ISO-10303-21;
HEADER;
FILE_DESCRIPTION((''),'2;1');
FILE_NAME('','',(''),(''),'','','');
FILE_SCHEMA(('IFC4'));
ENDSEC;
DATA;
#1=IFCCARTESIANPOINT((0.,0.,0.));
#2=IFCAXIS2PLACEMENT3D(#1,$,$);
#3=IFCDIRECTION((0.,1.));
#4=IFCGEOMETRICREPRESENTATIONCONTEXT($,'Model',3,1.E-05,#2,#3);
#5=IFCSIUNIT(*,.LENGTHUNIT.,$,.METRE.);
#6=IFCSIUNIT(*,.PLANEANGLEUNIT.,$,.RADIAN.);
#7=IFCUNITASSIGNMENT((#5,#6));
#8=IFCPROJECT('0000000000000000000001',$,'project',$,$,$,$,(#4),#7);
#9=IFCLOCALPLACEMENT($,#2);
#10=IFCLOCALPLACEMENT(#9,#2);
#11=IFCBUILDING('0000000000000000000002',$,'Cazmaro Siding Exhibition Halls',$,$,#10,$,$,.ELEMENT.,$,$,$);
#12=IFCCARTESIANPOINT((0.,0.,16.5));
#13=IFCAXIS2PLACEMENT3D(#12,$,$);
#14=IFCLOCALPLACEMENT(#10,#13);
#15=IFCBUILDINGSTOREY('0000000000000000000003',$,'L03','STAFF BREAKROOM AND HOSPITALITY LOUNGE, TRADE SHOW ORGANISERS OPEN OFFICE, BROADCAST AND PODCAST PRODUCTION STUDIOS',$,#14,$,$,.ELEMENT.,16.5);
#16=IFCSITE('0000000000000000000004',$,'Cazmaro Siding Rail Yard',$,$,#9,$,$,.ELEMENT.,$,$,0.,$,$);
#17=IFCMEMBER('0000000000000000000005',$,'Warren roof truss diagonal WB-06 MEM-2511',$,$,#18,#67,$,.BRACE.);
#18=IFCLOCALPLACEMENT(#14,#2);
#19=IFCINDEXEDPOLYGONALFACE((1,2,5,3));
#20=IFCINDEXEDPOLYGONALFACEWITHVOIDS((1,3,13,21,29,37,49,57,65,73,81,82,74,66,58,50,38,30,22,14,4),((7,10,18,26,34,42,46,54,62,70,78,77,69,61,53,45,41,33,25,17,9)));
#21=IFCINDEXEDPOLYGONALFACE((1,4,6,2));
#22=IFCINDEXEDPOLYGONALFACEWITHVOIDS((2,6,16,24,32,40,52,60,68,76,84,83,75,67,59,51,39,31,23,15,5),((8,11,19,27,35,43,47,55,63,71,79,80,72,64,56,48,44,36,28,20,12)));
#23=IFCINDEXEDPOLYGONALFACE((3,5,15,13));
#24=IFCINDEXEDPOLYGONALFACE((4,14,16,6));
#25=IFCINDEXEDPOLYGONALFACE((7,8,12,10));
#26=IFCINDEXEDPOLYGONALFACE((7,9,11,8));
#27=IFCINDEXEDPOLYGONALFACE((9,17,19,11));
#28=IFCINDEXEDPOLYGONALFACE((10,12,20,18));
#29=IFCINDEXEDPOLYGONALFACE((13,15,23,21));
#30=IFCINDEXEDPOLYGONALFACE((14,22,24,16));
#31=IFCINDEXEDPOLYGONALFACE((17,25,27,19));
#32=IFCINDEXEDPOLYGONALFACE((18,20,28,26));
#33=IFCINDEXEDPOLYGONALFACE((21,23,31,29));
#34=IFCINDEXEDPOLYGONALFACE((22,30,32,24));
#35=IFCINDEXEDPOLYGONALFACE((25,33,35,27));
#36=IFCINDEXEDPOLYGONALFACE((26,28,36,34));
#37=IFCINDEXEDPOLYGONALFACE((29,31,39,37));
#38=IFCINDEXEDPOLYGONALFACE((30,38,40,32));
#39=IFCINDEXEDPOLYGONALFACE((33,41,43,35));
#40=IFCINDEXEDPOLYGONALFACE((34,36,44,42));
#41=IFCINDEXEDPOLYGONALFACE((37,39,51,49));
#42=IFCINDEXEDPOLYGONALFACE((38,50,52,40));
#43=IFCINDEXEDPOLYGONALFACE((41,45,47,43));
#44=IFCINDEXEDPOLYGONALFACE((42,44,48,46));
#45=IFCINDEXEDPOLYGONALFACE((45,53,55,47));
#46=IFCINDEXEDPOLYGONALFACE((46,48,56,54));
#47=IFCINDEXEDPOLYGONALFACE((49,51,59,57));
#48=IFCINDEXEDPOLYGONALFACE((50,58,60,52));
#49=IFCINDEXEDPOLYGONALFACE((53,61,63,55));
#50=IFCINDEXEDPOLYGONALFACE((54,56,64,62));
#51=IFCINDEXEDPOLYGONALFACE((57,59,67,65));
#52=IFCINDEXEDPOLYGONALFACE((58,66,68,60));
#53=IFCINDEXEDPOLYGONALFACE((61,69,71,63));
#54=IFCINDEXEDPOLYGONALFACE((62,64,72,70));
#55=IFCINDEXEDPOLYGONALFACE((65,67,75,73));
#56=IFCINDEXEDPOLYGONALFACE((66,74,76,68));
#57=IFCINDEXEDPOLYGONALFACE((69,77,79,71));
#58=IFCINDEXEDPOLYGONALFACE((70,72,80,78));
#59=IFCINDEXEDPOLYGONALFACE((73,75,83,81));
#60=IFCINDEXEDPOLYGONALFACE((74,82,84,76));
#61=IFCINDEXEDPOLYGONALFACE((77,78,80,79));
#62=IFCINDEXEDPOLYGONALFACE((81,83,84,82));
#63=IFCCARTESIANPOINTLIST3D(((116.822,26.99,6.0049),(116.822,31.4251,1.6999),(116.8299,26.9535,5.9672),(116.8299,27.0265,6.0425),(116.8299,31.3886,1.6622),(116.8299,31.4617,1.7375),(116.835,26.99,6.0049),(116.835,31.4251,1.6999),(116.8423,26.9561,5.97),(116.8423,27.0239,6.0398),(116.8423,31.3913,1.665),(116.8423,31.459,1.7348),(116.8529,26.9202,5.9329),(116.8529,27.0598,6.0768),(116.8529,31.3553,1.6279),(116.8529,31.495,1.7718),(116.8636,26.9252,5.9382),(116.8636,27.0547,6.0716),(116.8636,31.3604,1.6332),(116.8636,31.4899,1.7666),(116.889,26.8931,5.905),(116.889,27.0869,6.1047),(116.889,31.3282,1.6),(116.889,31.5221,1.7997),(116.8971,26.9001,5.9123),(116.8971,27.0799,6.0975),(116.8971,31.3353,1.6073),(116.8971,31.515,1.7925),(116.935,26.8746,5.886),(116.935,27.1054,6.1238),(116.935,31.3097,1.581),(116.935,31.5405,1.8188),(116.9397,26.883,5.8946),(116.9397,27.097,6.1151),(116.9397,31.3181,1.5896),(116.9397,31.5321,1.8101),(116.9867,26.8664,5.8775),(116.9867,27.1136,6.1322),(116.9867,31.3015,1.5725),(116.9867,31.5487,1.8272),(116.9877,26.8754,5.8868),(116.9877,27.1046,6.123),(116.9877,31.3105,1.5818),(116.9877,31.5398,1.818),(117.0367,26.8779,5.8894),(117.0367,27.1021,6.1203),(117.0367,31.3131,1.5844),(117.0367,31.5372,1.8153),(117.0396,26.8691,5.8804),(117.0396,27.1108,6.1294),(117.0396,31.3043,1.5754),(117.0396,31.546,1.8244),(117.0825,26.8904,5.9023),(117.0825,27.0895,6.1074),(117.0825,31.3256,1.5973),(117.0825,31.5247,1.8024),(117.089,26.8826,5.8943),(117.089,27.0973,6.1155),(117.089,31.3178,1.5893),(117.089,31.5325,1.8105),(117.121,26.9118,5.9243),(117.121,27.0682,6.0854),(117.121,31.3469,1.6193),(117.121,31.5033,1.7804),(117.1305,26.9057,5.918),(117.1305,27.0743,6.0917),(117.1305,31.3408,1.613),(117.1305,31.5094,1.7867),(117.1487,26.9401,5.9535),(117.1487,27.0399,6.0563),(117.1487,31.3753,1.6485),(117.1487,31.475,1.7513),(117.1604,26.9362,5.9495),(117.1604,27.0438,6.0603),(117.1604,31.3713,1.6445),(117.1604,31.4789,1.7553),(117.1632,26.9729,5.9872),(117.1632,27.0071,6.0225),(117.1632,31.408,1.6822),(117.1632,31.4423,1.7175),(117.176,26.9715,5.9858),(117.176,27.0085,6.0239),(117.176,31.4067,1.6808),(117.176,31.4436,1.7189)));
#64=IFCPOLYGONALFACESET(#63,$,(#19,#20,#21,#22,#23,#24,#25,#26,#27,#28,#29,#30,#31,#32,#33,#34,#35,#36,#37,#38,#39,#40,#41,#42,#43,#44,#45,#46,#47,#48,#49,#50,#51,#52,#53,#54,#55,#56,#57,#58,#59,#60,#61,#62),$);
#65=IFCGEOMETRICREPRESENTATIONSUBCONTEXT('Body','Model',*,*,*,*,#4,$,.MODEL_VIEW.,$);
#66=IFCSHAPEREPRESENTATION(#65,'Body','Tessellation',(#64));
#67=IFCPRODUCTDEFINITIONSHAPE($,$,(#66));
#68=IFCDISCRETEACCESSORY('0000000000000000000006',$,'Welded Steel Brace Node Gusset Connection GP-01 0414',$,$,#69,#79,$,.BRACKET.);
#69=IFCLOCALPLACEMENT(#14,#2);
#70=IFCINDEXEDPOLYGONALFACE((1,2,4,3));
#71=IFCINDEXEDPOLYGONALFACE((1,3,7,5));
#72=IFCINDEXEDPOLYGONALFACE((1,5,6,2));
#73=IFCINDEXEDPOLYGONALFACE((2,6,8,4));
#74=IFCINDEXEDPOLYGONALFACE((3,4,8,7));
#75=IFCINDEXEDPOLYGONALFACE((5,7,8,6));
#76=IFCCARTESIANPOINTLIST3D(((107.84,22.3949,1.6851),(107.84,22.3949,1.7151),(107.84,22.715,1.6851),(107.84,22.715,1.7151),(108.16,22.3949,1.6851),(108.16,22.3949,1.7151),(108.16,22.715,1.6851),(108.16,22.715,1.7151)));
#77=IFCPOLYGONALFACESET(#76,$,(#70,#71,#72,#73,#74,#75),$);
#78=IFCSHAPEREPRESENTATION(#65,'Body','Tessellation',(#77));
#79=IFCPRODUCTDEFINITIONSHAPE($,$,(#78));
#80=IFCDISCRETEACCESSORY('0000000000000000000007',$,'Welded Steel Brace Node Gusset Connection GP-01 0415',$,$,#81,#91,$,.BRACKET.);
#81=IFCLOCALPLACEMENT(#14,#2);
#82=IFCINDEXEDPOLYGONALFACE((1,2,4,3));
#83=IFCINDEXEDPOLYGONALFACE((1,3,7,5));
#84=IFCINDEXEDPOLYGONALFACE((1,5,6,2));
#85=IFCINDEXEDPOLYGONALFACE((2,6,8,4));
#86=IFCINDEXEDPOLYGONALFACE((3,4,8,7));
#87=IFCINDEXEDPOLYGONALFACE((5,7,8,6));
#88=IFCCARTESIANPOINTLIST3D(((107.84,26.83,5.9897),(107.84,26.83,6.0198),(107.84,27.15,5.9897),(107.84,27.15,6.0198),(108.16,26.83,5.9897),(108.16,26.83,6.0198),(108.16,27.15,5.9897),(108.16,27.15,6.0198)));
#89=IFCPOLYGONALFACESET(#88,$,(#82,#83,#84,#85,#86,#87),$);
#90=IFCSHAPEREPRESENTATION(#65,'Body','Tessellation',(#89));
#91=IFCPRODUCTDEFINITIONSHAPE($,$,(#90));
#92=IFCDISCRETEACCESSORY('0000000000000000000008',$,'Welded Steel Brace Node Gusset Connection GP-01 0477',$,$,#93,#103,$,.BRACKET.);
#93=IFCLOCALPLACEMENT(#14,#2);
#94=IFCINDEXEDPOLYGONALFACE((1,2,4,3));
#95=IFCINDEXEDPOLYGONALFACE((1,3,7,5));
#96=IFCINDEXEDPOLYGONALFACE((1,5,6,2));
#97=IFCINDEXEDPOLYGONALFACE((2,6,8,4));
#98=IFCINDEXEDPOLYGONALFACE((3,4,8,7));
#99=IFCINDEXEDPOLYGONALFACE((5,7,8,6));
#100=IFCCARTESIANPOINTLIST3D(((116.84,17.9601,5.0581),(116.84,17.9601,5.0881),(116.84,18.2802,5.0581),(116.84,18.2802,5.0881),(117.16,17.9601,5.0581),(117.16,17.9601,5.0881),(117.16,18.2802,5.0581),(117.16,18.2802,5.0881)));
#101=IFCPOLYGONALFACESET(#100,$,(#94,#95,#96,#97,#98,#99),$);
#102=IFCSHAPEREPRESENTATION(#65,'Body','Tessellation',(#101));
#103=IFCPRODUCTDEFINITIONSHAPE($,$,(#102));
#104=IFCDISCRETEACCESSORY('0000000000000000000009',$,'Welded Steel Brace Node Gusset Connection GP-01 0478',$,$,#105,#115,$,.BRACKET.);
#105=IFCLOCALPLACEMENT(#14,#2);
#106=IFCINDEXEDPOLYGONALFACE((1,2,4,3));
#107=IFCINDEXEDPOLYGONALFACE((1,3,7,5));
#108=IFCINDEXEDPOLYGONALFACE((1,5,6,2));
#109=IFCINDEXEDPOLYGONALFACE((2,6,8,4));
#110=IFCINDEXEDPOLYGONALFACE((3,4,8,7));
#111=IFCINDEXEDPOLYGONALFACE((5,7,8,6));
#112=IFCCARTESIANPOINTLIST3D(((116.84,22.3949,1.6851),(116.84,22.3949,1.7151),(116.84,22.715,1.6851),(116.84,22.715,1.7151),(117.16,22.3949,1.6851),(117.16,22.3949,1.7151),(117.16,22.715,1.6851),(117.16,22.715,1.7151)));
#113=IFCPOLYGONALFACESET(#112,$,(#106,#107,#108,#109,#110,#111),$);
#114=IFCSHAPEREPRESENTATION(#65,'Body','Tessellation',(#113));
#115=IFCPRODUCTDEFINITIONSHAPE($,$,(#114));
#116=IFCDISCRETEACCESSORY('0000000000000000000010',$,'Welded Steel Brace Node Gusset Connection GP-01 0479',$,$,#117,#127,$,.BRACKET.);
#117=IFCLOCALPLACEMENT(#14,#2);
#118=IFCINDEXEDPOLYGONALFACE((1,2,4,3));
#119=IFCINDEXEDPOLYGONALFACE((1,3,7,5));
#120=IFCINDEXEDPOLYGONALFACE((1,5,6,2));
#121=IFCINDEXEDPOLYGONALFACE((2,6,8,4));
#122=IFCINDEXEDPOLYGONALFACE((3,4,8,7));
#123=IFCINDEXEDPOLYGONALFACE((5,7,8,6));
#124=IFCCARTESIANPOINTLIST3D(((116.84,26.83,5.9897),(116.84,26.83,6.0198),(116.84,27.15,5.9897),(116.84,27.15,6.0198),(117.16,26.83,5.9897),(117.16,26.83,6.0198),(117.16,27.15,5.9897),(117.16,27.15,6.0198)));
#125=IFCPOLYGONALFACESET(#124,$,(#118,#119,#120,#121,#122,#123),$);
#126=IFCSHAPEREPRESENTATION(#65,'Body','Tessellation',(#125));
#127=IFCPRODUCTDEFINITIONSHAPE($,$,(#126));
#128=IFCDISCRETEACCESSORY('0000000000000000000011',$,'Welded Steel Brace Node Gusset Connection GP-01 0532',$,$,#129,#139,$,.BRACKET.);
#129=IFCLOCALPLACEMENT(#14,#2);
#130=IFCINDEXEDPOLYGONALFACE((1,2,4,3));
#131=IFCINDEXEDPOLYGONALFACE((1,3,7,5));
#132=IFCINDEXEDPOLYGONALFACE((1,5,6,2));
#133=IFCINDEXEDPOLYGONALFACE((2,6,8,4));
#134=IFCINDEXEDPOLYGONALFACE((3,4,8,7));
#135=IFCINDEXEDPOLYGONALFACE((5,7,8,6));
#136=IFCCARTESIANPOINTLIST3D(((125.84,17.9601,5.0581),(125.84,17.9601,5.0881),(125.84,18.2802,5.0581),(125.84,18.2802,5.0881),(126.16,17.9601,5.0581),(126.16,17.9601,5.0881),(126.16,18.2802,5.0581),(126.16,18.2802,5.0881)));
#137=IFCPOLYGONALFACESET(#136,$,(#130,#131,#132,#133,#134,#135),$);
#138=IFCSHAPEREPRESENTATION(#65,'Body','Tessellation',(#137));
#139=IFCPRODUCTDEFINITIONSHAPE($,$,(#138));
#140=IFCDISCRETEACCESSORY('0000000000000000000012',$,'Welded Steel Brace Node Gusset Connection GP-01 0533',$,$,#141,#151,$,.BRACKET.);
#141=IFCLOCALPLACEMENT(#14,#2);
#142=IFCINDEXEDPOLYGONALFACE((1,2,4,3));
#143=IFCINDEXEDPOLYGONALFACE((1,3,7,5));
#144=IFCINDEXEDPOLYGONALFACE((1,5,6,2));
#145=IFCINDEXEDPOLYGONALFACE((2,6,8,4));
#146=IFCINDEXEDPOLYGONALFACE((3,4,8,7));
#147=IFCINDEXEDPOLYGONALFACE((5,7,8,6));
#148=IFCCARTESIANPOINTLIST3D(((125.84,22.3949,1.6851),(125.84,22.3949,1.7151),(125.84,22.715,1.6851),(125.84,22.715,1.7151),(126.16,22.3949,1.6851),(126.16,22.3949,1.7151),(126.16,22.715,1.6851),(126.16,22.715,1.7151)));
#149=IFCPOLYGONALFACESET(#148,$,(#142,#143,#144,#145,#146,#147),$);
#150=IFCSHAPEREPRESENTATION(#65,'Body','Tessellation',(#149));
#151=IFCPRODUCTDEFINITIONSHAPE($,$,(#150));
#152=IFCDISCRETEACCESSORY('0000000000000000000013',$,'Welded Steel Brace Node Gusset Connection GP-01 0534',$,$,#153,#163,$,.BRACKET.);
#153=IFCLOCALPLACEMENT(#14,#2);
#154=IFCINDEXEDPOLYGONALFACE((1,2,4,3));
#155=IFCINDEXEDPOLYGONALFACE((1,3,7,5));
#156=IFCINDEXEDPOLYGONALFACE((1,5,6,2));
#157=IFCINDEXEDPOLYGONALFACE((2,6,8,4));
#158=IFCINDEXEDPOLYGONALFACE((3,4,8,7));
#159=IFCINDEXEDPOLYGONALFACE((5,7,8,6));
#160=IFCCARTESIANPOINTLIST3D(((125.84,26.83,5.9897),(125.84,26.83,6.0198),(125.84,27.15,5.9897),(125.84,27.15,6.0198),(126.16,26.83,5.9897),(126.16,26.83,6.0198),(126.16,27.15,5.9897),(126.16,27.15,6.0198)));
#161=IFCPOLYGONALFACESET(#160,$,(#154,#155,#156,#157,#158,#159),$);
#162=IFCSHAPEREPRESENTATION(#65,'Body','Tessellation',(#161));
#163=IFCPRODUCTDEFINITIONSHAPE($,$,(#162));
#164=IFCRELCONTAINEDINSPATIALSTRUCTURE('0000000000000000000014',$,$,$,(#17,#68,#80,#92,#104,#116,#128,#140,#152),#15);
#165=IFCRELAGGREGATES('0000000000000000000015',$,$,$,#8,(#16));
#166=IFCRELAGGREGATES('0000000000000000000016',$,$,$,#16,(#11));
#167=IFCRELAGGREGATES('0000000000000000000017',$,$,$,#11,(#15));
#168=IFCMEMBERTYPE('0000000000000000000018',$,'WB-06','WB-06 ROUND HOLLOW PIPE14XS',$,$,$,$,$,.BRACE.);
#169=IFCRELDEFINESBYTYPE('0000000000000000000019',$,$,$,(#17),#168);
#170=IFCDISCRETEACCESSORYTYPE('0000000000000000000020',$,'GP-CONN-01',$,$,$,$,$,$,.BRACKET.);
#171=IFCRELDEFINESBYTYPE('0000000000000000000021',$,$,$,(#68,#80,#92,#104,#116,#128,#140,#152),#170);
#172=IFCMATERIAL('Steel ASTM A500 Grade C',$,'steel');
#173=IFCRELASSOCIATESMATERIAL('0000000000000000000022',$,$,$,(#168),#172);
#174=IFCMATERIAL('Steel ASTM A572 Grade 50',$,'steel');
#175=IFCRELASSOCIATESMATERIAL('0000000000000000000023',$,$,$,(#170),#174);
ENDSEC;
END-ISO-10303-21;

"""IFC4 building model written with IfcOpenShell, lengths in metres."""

from ifc_helpers import new_model, si_unit, direction, frame, origin, origin_2d, place, context, subcontext, project, spatial, rectangle, hollow_circle, extrude, material, material_profile, profile_set, type_object, element, save


model = new_model("IFC4")

# Units and contexts
model_context = context("Model", 3, precision=1e-05, world=origin(), true_north=direction((0.0, 1.0)))
body_context = subcontext(model_context, "Body", "Model", "MODEL_VIEW")
ifc_project = project(units=[si_unit("LENGTHUNIT", "METRE"), si_unit("PLANEANGLEUNIT", "RADIAN")], contexts=[model_context])

# Site, building, storey
site_placement = place(None, origin())
site = spatial("IfcSite", under=ifc_project, at=site_placement, Name="Cazmaro Siding Rail Yard", CompositionType="ELEMENT", RefElevation=0.0)
building_placement = place(site_placement, origin())
building = spatial("IfcBuilding", under=site, at=building_placement, Name="Cazmaro Siding Exhibition Halls", CompositionType="ELEMENT")
storey_placement = place(building_placement, frame((0.0, 0.0, 16.5)))
storey = spatial("IfcBuildingStorey", under=building, at=storey_placement, Name="L03", Description="STAFF BREAKROOM AND HOSPITALITY LOUNGE, TRADE SHOW ORGANISERS OPEN OFFICE, BROADCAST AND PODCAST PRODUCTION STUDIOS", CompositionType="ELEMENT", Elevation=16.5)

# Member
ifc_material_1 = material(Name="Steel ASTM A500 Grade C", Category="steel")
ifc_material_profile_1 = material_profile(ifc_material_1, hollow_circle(Radius=0.178, WallThickness=0.0129, at=origin_2d()), Name="PIPE14XS")
ifc_profile_set_1 = profile_set([ifc_material_profile_1], Name="Steel ASTM A500 Grade C")
member_type_1 = type_object("IfcMemberType", Name="WB-06", Description="WB-06 ROUND HOLLOW PIPE14XS", PredefinedType="BRACE", material=ifc_profile_set_1)
for number, where, z_axis, x_axis, name in (
    (1, (117.0, 26.99, 6.0049), (0.0, 0.717555, -0.696502), (-1.0, 0.0, 0.0), "Warren roof truss diagonal WB-06 MEM-2511"),
):
    element("IfcMember", number, at=place(storey_placement, frame(where, z_axis=z_axis, x_axis=x_axis)), inside=storey, type_object=member_type_1, Name=name, PredefinedType="BRACE", context=body_context, shape_type="SweptSolid", body=[
        extrude(hollow_circle(Radius=0.178, WallThickness=0.0129, at=origin_2d()), origin(), (0.0, 0.0, 1.0), 6.1809),
    ])

# Discrete accessories
ifc_material_2 = material(Name="Steel ASTM A572 Grade 50", Category="steel")
discrete_accessory_type = type_object("IfcDiscreteAccessoryType", Name="GP-CONN-01", PredefinedType="BRACKET", material=ifc_material_2)
for number, where, z_axis, x_axis, name in (
    (2, (108.0, 22.5549, 1.6851), (0.0, 0.0, 1.0), (1.0, 0.0, 0.0), "Welded Steel Brace Node Gusset Connection GP-01 0414"),
    (3, (108.0, 26.99, 5.9897), (0.0, 0.0, 1.0), (1.0, 0.0, 0.0), "Welded Steel Brace Node Gusset Connection GP-01 0415"),
    (4, (117.0, 18.1201, 5.0581), (0.0, 0.0, 1.0), (1.0, 0.0, 0.0), "Welded Steel Brace Node Gusset Connection GP-01 0477"),
    (5, (117.0, 22.5549, 1.6851), (0.0, 0.0, 1.0), (1.0, 0.0, 0.0), "Welded Steel Brace Node Gusset Connection GP-01 0478"),
    (6, (117.0, 26.99, 5.9897), (0.0, 0.0, 1.0), (1.0, 0.0, 0.0), "Welded Steel Brace Node Gusset Connection GP-01 0479"),
    (7, (126.0, 18.1201, 5.0581), (0.0, 0.0, 1.0), (1.0, 0.0, 0.0), "Welded Steel Brace Node Gusset Connection GP-01 0532"),
    (8, (126.0, 22.5549, 1.6851), (0.0, 0.0, 1.0), (1.0, 0.0, 0.0), "Welded Steel Brace Node Gusset Connection GP-01 0533"),
    (9, (126.0, 26.99, 5.9897), (0.0, 0.0, 1.0), (1.0, 0.0, 0.0), "Welded Steel Brace Node Gusset Connection GP-01 0534"),
):
    element("IfcDiscreteAccessory", number, at=place(storey_placement, frame(where, z_axis=z_axis, x_axis=x_axis)), inside=storey, type_object=discrete_accessory_type, Name=name, PredefinedType="BRACKET", context=body_context, shape_type="SweptSolid", body=[
        extrude(rectangle(XDim=0.3201, YDim=0.3201, at=origin_2d()), origin(), (0.0, 0.0, 1.0), 0.03),
    ])

save(model, "model.ifc")
